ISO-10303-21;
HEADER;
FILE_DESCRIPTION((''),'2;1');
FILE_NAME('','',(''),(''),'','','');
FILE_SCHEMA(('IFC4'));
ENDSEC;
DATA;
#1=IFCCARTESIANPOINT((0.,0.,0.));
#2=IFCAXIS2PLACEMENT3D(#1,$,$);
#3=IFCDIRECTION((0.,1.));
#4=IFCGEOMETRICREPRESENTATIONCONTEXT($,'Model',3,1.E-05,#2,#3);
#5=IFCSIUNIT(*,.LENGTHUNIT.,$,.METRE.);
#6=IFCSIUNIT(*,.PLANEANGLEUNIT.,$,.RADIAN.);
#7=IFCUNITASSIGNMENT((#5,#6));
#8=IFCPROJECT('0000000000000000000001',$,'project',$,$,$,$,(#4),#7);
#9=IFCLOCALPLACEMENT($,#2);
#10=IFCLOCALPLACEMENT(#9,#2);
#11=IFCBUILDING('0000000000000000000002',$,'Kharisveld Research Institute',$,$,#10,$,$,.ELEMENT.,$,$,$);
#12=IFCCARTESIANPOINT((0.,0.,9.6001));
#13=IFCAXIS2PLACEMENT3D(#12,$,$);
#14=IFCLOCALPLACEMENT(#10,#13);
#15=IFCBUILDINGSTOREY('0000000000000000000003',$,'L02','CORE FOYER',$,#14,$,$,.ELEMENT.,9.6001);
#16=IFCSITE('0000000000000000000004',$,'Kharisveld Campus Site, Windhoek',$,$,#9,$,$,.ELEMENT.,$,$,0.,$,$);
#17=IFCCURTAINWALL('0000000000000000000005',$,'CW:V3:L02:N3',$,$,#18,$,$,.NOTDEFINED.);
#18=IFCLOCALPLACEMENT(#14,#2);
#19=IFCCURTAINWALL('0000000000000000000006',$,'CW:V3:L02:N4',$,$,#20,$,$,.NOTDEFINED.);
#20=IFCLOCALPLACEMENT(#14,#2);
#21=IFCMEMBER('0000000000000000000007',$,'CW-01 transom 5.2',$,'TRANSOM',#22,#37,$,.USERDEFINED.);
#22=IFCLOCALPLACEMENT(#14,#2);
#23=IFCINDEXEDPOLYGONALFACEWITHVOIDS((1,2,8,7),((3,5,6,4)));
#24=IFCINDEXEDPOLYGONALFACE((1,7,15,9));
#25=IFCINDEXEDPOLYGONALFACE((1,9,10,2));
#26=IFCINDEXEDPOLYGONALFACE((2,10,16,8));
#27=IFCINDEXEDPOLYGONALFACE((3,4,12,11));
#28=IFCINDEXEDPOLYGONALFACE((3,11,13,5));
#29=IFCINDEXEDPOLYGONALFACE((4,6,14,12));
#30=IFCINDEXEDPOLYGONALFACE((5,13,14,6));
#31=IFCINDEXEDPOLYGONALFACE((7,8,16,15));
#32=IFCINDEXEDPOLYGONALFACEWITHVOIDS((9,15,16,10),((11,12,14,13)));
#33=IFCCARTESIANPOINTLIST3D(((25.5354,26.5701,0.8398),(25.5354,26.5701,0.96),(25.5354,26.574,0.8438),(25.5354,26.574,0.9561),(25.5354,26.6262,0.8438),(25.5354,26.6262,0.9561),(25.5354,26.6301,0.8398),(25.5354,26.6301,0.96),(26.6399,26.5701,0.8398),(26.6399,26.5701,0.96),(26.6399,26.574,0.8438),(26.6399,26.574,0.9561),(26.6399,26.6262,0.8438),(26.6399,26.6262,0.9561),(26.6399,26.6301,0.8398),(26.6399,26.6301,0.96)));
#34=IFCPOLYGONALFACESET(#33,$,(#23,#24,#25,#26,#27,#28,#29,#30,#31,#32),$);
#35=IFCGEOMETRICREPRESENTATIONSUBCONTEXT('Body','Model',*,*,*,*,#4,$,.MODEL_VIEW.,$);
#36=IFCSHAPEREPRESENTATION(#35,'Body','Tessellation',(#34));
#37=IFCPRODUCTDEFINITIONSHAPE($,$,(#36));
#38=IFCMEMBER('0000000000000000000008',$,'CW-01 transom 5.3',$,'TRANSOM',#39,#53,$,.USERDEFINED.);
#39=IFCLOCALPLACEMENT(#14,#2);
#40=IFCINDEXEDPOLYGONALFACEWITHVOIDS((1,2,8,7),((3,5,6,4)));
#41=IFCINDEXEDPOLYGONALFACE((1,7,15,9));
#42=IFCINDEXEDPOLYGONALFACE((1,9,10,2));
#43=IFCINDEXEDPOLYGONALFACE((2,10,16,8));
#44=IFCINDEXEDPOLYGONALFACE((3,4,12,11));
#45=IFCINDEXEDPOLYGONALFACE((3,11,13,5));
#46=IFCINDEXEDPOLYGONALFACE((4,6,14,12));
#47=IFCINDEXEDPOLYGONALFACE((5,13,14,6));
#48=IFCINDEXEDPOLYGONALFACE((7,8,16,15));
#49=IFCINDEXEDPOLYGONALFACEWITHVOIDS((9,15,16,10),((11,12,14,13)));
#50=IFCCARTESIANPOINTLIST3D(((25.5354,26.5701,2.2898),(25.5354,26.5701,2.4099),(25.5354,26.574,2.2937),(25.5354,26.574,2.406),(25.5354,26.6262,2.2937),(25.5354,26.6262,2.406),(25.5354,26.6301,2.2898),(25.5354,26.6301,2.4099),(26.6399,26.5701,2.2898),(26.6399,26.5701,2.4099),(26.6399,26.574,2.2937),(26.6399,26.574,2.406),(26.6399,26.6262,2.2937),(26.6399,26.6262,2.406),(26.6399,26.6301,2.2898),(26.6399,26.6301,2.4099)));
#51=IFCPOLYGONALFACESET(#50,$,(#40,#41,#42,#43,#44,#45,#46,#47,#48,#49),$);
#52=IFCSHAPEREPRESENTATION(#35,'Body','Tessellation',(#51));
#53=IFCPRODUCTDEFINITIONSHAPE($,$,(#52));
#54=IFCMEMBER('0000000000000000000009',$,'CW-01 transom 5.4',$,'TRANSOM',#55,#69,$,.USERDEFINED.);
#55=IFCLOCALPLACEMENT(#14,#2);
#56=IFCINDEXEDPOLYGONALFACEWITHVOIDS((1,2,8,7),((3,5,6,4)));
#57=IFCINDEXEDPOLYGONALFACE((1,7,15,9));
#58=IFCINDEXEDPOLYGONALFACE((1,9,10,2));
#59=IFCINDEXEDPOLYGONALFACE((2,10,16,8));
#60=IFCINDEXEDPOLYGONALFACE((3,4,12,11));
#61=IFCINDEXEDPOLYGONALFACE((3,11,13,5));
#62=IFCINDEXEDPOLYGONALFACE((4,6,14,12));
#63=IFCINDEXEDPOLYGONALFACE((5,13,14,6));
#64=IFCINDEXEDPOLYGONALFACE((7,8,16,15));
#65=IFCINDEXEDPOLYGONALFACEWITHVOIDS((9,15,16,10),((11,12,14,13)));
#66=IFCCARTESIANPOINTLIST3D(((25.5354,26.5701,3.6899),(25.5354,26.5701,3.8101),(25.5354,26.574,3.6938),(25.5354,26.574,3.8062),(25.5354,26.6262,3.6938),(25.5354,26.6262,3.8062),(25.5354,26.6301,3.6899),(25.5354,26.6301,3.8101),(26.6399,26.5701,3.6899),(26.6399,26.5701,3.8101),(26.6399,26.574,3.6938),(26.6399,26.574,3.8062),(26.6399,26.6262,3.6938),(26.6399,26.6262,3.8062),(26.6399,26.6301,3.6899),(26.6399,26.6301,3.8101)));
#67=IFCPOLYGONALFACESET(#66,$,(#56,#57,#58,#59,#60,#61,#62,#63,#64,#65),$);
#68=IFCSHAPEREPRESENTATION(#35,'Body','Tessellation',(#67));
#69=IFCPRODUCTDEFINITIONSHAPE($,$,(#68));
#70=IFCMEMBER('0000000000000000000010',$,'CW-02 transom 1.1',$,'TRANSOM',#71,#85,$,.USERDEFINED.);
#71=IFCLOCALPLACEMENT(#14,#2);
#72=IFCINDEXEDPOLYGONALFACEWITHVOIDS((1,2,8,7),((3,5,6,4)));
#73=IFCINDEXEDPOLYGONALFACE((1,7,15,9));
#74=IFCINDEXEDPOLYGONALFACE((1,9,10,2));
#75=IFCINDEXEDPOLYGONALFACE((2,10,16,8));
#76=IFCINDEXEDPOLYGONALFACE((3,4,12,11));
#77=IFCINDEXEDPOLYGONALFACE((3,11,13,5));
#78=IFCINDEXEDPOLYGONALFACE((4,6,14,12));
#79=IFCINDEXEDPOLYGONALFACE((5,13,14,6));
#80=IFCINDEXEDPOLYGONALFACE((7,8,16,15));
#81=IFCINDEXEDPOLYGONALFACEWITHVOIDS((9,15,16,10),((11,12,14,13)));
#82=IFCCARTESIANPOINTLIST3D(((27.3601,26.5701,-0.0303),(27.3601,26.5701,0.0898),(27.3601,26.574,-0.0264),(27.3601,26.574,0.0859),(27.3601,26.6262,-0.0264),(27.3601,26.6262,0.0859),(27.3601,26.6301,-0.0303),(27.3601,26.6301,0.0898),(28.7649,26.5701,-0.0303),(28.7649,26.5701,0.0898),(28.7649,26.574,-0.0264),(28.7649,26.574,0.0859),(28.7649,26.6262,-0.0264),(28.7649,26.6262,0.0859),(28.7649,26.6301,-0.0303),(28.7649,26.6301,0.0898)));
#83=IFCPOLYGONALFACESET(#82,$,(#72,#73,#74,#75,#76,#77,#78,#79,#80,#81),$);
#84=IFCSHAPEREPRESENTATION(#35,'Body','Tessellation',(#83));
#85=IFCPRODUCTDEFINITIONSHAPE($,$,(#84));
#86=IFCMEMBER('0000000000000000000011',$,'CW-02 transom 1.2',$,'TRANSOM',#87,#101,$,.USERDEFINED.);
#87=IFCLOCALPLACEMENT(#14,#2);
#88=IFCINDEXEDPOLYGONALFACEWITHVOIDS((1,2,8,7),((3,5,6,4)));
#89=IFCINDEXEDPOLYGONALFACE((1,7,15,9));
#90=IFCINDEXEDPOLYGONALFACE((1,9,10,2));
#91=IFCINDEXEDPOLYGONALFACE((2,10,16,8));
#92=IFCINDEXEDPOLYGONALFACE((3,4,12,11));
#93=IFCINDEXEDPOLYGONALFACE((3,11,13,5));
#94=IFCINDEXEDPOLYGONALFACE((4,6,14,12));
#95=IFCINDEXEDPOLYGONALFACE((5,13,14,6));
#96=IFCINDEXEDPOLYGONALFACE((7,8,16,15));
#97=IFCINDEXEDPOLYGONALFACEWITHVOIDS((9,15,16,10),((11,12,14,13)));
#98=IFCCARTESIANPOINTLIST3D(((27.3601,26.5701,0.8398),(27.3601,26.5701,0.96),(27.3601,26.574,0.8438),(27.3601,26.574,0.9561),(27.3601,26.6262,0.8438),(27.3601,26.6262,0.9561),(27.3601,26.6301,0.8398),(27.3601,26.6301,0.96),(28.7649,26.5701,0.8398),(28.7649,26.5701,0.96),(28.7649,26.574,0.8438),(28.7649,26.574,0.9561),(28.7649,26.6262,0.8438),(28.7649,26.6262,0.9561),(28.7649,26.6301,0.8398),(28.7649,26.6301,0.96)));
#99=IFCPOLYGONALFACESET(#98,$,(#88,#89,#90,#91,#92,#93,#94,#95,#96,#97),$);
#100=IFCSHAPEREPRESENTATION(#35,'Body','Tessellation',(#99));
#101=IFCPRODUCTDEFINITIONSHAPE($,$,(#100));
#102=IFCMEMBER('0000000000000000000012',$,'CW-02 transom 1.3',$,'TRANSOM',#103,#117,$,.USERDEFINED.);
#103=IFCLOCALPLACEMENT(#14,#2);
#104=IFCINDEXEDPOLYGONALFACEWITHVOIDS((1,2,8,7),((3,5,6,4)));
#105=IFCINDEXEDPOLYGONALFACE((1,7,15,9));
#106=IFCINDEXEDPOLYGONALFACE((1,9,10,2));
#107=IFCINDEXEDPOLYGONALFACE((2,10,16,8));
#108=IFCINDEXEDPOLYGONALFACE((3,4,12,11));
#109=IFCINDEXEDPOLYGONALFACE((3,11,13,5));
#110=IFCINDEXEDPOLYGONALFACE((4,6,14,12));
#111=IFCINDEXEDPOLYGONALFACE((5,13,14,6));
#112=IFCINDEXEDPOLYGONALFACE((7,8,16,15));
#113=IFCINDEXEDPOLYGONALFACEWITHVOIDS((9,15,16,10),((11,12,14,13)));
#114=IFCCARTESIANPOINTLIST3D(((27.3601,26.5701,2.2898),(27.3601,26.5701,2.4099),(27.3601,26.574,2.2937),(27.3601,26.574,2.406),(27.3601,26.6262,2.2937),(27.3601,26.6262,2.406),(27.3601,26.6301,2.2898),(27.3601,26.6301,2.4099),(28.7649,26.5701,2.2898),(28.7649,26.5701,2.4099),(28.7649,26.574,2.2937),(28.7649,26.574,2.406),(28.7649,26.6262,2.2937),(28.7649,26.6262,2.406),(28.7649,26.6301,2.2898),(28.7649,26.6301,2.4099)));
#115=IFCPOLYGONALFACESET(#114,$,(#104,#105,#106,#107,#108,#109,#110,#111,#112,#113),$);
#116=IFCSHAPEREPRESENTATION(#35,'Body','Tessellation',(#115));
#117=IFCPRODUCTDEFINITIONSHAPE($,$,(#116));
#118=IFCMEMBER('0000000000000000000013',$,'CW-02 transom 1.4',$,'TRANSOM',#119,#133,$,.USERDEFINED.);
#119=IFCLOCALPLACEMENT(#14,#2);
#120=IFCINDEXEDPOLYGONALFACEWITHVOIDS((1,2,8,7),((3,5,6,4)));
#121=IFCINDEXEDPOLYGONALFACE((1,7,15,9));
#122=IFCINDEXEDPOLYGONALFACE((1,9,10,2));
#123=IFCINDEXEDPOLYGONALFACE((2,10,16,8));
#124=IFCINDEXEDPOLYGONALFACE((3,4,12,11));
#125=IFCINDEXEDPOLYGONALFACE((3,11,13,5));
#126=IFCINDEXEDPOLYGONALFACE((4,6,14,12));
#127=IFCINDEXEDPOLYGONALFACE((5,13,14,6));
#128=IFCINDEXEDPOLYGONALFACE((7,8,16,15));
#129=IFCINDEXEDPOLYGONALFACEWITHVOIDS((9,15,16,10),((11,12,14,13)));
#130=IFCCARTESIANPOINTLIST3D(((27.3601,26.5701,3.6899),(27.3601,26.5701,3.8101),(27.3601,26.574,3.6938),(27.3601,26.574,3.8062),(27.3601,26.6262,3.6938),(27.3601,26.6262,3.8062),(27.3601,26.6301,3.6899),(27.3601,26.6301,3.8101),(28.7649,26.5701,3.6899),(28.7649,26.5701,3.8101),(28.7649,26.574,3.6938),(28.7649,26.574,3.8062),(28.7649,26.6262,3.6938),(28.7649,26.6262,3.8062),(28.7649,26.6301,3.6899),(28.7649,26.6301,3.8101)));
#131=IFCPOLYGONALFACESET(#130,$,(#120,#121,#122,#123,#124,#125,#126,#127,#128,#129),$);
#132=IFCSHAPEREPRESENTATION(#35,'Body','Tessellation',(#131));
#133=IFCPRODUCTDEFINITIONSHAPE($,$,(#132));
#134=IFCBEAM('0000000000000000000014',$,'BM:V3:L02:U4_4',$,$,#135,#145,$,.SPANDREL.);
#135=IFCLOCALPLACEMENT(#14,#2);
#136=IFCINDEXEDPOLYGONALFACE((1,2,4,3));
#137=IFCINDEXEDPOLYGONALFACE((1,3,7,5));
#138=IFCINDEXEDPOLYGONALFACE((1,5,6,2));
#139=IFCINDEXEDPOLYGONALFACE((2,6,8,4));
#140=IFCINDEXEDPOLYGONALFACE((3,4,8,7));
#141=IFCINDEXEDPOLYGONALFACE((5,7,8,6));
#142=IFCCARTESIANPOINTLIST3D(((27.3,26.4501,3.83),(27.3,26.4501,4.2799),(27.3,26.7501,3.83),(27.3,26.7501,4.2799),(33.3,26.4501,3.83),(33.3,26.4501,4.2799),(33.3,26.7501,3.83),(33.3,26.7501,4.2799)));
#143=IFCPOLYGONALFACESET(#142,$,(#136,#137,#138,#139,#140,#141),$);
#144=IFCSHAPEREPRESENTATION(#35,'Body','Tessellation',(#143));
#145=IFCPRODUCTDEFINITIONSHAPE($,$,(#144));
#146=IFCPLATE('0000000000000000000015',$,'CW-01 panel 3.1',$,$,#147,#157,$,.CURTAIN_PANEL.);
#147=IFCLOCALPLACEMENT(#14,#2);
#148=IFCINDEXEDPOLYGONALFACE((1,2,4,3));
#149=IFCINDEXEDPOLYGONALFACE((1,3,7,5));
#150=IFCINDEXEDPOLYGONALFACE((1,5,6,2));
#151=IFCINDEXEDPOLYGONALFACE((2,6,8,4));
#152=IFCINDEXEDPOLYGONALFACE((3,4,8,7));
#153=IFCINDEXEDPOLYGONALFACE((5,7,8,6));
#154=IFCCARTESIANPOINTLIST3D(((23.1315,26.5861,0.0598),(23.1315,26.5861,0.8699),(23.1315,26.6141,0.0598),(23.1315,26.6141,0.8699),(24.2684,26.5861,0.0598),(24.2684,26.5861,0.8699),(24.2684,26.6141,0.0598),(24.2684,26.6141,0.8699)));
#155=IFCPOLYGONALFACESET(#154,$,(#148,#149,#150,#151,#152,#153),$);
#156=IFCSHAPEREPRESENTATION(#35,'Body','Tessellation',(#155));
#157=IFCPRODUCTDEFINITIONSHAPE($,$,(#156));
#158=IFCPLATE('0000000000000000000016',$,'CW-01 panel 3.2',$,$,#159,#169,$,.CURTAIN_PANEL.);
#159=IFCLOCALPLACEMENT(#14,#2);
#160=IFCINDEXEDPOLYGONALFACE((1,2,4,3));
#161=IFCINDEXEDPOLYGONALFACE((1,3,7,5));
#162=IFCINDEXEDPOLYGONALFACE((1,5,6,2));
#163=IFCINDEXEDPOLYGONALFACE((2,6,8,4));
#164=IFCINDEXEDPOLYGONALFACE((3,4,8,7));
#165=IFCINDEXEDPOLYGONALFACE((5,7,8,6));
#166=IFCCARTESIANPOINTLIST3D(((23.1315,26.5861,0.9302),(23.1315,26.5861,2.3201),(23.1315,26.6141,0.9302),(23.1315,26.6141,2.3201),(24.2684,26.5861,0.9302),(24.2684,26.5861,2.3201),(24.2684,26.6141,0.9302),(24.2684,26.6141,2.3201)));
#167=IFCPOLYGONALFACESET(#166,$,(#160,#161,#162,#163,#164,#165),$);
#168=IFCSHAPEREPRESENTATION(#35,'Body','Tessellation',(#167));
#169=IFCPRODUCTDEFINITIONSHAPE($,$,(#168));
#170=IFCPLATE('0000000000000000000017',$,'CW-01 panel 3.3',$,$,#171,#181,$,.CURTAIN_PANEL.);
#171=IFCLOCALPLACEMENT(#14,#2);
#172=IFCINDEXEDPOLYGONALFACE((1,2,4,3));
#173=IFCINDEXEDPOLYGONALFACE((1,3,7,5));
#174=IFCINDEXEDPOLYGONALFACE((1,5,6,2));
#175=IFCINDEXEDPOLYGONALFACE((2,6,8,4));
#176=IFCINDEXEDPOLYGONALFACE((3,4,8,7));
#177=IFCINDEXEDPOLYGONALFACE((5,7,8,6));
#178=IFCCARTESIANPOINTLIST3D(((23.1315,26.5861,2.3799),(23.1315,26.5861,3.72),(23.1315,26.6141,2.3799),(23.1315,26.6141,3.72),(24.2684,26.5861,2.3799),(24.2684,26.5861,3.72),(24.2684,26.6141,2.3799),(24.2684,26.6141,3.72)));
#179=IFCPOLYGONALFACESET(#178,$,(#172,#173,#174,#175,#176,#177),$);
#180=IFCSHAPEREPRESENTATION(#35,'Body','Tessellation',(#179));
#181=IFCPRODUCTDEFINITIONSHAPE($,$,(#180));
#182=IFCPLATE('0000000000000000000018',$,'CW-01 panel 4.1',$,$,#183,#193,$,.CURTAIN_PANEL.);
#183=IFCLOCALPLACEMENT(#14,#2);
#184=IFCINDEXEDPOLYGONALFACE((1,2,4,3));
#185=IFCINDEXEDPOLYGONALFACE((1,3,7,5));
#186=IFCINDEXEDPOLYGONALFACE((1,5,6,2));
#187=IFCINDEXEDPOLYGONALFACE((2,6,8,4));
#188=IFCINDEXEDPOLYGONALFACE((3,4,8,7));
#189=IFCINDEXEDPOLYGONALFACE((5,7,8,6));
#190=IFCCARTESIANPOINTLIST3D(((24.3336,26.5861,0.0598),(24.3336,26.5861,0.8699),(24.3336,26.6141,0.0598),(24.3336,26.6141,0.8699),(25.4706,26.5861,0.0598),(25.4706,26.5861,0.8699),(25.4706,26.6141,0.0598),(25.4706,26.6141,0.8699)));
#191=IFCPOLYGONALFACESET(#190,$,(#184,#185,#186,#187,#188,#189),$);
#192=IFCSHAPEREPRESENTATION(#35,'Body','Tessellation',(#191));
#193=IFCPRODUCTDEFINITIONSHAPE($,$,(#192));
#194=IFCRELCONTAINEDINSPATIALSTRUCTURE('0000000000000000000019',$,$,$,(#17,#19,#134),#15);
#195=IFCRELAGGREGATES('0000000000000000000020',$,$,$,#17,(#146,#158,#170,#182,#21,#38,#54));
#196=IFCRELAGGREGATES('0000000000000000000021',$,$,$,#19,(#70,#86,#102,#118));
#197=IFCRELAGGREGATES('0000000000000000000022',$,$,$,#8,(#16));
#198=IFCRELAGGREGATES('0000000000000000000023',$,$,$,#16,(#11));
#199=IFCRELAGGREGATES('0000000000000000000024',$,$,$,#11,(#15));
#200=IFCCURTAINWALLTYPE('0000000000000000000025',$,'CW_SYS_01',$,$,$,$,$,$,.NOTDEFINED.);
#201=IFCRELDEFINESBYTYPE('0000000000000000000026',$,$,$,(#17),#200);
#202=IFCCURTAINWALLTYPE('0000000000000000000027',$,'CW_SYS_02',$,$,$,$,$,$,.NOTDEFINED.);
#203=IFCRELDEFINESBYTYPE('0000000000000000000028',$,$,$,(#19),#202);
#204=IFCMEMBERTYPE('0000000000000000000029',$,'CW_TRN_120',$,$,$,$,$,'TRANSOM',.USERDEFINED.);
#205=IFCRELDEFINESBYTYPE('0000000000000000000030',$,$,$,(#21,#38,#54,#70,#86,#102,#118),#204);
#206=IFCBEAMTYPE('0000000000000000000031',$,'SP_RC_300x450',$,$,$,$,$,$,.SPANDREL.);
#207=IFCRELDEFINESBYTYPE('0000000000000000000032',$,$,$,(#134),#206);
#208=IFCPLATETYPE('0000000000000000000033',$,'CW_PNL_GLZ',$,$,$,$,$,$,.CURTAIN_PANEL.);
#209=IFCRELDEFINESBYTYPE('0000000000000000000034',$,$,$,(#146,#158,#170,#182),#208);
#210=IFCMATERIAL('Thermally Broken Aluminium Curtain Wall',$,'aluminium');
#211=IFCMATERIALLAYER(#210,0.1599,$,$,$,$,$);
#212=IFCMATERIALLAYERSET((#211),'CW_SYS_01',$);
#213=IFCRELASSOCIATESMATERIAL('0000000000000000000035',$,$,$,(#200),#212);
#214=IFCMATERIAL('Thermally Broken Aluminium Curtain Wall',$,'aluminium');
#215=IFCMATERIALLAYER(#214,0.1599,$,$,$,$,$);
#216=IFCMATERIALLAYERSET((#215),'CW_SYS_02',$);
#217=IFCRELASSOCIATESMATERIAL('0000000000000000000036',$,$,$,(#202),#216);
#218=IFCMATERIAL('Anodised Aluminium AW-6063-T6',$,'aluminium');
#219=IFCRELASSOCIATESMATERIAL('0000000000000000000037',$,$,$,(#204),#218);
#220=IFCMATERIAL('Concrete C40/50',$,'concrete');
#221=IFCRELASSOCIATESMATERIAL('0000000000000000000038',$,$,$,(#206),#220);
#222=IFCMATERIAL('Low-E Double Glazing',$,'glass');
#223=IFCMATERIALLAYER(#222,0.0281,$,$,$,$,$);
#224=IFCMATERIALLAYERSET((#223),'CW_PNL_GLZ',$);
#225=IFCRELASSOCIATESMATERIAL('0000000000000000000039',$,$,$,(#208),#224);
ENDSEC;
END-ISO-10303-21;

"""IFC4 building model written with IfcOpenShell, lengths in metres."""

from ifc_helpers import new_model, si_unit, direction, frame, origin, origin_2d, place, context, subcontext, project, spatial, rectangle, hollow_rectangle, extrude, material, layer, layer_set, material_profile, profile_set, type_object, element, aggregate, save


model = new_model("IFC4")

# Units and contexts
model_context = context("Model", 3, precision=1e-05, world=origin(), true_north=direction((0.0, 1.0)))
body_context = subcontext(model_context, "Body", "Model", "MODEL_VIEW")
ifc_project = project(units=[si_unit("LENGTHUNIT", "METRE"), si_unit("PLANEANGLEUNIT", "RADIAN")], contexts=[model_context])

# Site, building, storey
site_placement = place(None, origin())
site = spatial("IfcSite", under=ifc_project, at=site_placement, Name="Kharisveld Campus Site, Windhoek", CompositionType="ELEMENT", RefElevation=0.0)
building_placement = place(site_placement, origin())
building = spatial("IfcBuilding", under=site, at=building_placement, Name="Kharisveld Research Institute", CompositionType="ELEMENT")
storey_placement = place(building_placement, frame((0.0, 0.0, 9.6001)))
storey = spatial("IfcBuildingStorey", under=building, at=storey_placement, Name="L02", Description="CORE FOYER", CompositionType="ELEMENT", Elevation=9.6001)

# Curtain wall
ifc_material_1 = material(Name="Thermally Broken Aluminium Curtain Wall", Category="aluminium")
ifc_layer_1 = layer(ifc_material_1, 0.1599)
ifc_layer_set_1 = layer_set([ifc_layer_1], Name="CW_SYS_01")
curtain_wall_type_1 = type_object("IfcCurtainWallType", Name="CW_SYS_01", PredefinedType="NOTDEFINED", material=ifc_layer_set_1)
curtain_wall_1_placement = place(storey_placement, origin())
curtain_wall_1 = element("IfcCurtainWall", 1, at=curtain_wall_1_placement, inside=storey, type_object=curtain_wall_type_1, Name="CW:V3:L02:N3", PredefinedType="NOTDEFINED")

# Curtain wall
ifc_material_2 = material(Name="Thermally Broken Aluminium Curtain Wall", Category="aluminium")
ifc_layer_2 = layer(ifc_material_2, 0.1599)
ifc_layer_set_2 = layer_set([ifc_layer_2], Name="CW_SYS_02")
curtain_wall_type_2 = type_object("IfcCurtainWallType", Name="CW_SYS_02", PredefinedType="NOTDEFINED", material=ifc_layer_set_2)
curtain_wall_2_placement = place(storey_placement, origin())
curtain_wall_2 = element("IfcCurtainWall", 2, at=curtain_wall_2_placement, inside=storey, type_object=curtain_wall_type_2, Name="CW:V3:L02:N4", PredefinedType="NOTDEFINED")

# Members
ifc_material_3 = material(Name="Anodised Aluminium AW-6063-T6", Category="aluminium")
ifc_material_profile_1 = material_profile(ifc_material_3, hollow_rectangle(XDim=0.0601, YDim=0.1201, WallThickness=0.0039, at=origin_2d()))
ifc_profile_set_1 = profile_set([ifc_material_profile_1], Name="Anodised Aluminium AW-6063-T6")
member_type_1 = type_object("IfcMemberType", Name="CW_TRN_120", ElementType="TRANSOM", PredefinedType="USERDEFINED", material=ifc_profile_set_1)
member_1_placement = place(storey_placement, frame((25.5354, 26.6001, 0.8999), z_axis=(1.0, 0.0, 0.0), x_axis=(0.0, 1.0, 0.0)))
member_1 = element("IfcMember", 3, at=member_1_placement, type_object=member_type_1, Name="CW-01 transom 5.2", ObjectType="TRANSOM", PredefinedType="USERDEFINED", context=body_context, shape_type="SweptSolid", body=[
    extrude(hollow_rectangle(XDim=0.0601, YDim=0.1201, WallThickness=0.0039, at=origin_2d()), origin(), (0.0, 0.0, 1.0), 1.1045),
])
member_2_placement = place(storey_placement, frame((25.5354, 26.6001, 2.3499), z_axis=(1.0, 0.0, 0.0), x_axis=(0.0, 1.0, 0.0)))
member_2 = element("IfcMember", 4, at=member_2_placement, type_object=member_type_1, Name="CW-01 transom 5.3", ObjectType="TRANSOM", PredefinedType="USERDEFINED", context=body_context, shape_type="SweptSolid", body=[
    extrude(hollow_rectangle(XDim=0.0601, YDim=0.1201, WallThickness=0.0039, at=origin_2d()), origin(), (0.0, 0.0, 1.0), 1.1045),
])
member_3_placement = place(storey_placement, frame((25.5354, 26.6001, 3.75), z_axis=(1.0, 0.0, 0.0), x_axis=(0.0, 1.0, 0.0)))
member_3 = element("IfcMember", 5, at=member_3_placement, type_object=member_type_1, Name="CW-01 transom 5.4", ObjectType="TRANSOM", PredefinedType="USERDEFINED", context=body_context, shape_type="SweptSolid", body=[
    extrude(hollow_rectangle(XDim=0.0601, YDim=0.1201, WallThickness=0.0039, at=origin_2d()), origin(), (0.0, 0.0, 1.0), 1.1045),
])
member_4_placement = place(storey_placement, frame((27.3601, 26.6001, 0.0298), z_axis=(1.0, 0.0, 0.0), x_axis=(0.0, 1.0, 0.0)))
member_4 = element("IfcMember", 6, at=member_4_placement, type_object=member_type_1, Name="CW-02 transom 1.1", ObjectType="TRANSOM", PredefinedType="USERDEFINED", context=body_context, shape_type="SweptSolid", body=[
    extrude(hollow_rectangle(XDim=0.0601, YDim=0.1201, WallThickness=0.0039, at=origin_2d()), origin(), (0.0, 0.0, 1.0), 1.4048),
])
member_5_placement = place(storey_placement, frame((27.3601, 26.6001, 0.8999), z_axis=(1.0, 0.0, 0.0), x_axis=(0.0, 1.0, 0.0)))
member_5 = element("IfcMember", 7, at=member_5_placement, type_object=member_type_1, Name="CW-02 transom 1.2", ObjectType="TRANSOM", PredefinedType="USERDEFINED", context=body_context, shape_type="SweptSolid", body=[
    extrude(hollow_rectangle(XDim=0.0601, YDim=0.1201, WallThickness=0.0039, at=origin_2d()), origin(), (0.0, 0.0, 1.0), 1.4048),
])
member_6_placement = place(storey_placement, frame((27.3601, 26.6001, 2.3499), z_axis=(1.0, 0.0, 0.0), x_axis=(0.0, 1.0, 0.0)))
member_6 = element("IfcMember", 8, at=member_6_placement, type_object=member_type_1, Name="CW-02 transom 1.3", ObjectType="TRANSOM", PredefinedType="USERDEFINED", context=body_context, shape_type="SweptSolid", body=[
    extrude(hollow_rectangle(XDim=0.0601, YDim=0.1201, WallThickness=0.0039, at=origin_2d()), origin(), (0.0, 0.0, 1.0), 1.4048),
])
member_7_placement = place(storey_placement, frame((27.3601, 26.6001, 3.75), z_axis=(1.0, 0.0, 0.0), x_axis=(0.0, 1.0, 0.0)))
member_7 = element("IfcMember", 9, at=member_7_placement, type_object=member_type_1, Name="CW-02 transom 1.4", ObjectType="TRANSOM", PredefinedType="USERDEFINED", context=body_context, shape_type="SweptSolid", body=[
    extrude(hollow_rectangle(XDim=0.0601, YDim=0.1201, WallThickness=0.0039, at=origin_2d()), origin(), (0.0, 0.0, 1.0), 1.4048),
])

# Beam
ifc_material_4 = material(Name="Concrete C40/50", Category="concrete")
ifc_material_profile_2 = material_profile(ifc_material_4, rectangle(XDim=0.3, YDim=0.45, at=origin_2d()))
ifc_profile_set_2 = profile_set([ifc_material_profile_2], Name="Concrete C40/50")
beam_type = type_object("IfcBeamType", Name="SP_RC_300x450", PredefinedType="SPANDREL", material=ifc_profile_set_2)
beam_placement = place(storey_placement, frame((27.3, 26.6001, 4.0549), z_axis=(1.0, 0.0, 0.0), x_axis=(0.0, 1.0, 0.0)))
element("IfcBeam", 10, at=beam_placement, inside=storey, type_object=beam_type, Name="BM:V3:L02:U4_4", PredefinedType="SPANDREL", context=body_context, shape_type="SweptSolid", body=[
    extrude(rectangle(XDim=0.3, YDim=0.45, at=origin_2d()), origin(), (0.0, 0.0, 1.0), 6.0),
])

# Plates
ifc_material_5 = material(Name="Low-E Double Glazing", Category="glass")
ifc_layer_3 = layer(ifc_material_5, 0.0281)
ifc_layer_set_3 = layer_set([ifc_layer_3], Name="CW_PNL_GLZ")
plate_type = type_object("IfcPlateType", Name="CW_PNL_GLZ", PredefinedType="CURTAIN_PANEL", material=ifc_layer_set_3)
plate_1_placement = place(storey_placement, frame((23.7, 26.6001, 0.0598), z_axis=(0.0, 0.0, 1.0), x_axis=(1.0, 0.0, 0.0)))
plate_1 = element("IfcPlate", 11, at=plate_1_placement, type_object=plate_type, Name="CW-01 panel 3.1", PredefinedType="CURTAIN_PANEL", context=body_context, shape_type="SweptSolid", body=[
    extrude(rectangle(XDim=1.137, YDim=0.0281, at=origin_2d()), origin(), (0.0, 0.0, 1.0), 0.8101),
])
plate_2_placement = place(storey_placement, frame((23.7, 26.6001, 0.9302), z_axis=(0.0, 0.0, 1.0), x_axis=(1.0, 0.0, 0.0)))
plate_2 = element("IfcPlate", 12, at=plate_2_placement, type_object=plate_type, Name="CW-01 panel 3.2", PredefinedType="CURTAIN_PANEL", context=body_context, shape_type="SweptSolid", body=[
    extrude(rectangle(XDim=1.137, YDim=0.0281, at=origin_2d()), origin(), (0.0, 0.0, 1.0), 1.3899),
])
plate_3_placement = place(storey_placement, frame((23.7, 26.6001, 2.3799), z_axis=(0.0, 0.0, 1.0), x_axis=(1.0, 0.0, 0.0)))
plate_3 = element("IfcPlate", 13, at=plate_3_placement, type_object=plate_type, Name="CW-01 panel 3.3", PredefinedType="CURTAIN_PANEL", context=body_context, shape_type="SweptSolid", body=[
    extrude(rectangle(XDim=1.137, YDim=0.0281, at=origin_2d()), origin(), (0.0, 0.0, 1.0), 1.3401),
])
plate_4_placement = place(storey_placement, frame((24.9021, 26.6001, 0.0598), z_axis=(0.0, 0.0, 1.0), x_axis=(1.0, 0.0, 0.0)))
plate_4 = element("IfcPlate", 14, at=plate_4_placement, type_object=plate_type, Name="CW-01 panel 4.1", PredefinedType="CURTAIN_PANEL", context=body_context, shape_type="SweptSolid", body=[
    extrude(rectangle(XDim=1.137, YDim=0.0281, at=origin_2d()), origin(), (0.0, 0.0, 1.0), 0.8101),
])
aggregate(curtain_wall_1, [plate_1, plate_2, plate_3, plate_4, member_1, member_2, member_3])
aggregate(curtain_wall_2, [member_4, member_5, member_6, member_7])

save(model, "model.ifc")
